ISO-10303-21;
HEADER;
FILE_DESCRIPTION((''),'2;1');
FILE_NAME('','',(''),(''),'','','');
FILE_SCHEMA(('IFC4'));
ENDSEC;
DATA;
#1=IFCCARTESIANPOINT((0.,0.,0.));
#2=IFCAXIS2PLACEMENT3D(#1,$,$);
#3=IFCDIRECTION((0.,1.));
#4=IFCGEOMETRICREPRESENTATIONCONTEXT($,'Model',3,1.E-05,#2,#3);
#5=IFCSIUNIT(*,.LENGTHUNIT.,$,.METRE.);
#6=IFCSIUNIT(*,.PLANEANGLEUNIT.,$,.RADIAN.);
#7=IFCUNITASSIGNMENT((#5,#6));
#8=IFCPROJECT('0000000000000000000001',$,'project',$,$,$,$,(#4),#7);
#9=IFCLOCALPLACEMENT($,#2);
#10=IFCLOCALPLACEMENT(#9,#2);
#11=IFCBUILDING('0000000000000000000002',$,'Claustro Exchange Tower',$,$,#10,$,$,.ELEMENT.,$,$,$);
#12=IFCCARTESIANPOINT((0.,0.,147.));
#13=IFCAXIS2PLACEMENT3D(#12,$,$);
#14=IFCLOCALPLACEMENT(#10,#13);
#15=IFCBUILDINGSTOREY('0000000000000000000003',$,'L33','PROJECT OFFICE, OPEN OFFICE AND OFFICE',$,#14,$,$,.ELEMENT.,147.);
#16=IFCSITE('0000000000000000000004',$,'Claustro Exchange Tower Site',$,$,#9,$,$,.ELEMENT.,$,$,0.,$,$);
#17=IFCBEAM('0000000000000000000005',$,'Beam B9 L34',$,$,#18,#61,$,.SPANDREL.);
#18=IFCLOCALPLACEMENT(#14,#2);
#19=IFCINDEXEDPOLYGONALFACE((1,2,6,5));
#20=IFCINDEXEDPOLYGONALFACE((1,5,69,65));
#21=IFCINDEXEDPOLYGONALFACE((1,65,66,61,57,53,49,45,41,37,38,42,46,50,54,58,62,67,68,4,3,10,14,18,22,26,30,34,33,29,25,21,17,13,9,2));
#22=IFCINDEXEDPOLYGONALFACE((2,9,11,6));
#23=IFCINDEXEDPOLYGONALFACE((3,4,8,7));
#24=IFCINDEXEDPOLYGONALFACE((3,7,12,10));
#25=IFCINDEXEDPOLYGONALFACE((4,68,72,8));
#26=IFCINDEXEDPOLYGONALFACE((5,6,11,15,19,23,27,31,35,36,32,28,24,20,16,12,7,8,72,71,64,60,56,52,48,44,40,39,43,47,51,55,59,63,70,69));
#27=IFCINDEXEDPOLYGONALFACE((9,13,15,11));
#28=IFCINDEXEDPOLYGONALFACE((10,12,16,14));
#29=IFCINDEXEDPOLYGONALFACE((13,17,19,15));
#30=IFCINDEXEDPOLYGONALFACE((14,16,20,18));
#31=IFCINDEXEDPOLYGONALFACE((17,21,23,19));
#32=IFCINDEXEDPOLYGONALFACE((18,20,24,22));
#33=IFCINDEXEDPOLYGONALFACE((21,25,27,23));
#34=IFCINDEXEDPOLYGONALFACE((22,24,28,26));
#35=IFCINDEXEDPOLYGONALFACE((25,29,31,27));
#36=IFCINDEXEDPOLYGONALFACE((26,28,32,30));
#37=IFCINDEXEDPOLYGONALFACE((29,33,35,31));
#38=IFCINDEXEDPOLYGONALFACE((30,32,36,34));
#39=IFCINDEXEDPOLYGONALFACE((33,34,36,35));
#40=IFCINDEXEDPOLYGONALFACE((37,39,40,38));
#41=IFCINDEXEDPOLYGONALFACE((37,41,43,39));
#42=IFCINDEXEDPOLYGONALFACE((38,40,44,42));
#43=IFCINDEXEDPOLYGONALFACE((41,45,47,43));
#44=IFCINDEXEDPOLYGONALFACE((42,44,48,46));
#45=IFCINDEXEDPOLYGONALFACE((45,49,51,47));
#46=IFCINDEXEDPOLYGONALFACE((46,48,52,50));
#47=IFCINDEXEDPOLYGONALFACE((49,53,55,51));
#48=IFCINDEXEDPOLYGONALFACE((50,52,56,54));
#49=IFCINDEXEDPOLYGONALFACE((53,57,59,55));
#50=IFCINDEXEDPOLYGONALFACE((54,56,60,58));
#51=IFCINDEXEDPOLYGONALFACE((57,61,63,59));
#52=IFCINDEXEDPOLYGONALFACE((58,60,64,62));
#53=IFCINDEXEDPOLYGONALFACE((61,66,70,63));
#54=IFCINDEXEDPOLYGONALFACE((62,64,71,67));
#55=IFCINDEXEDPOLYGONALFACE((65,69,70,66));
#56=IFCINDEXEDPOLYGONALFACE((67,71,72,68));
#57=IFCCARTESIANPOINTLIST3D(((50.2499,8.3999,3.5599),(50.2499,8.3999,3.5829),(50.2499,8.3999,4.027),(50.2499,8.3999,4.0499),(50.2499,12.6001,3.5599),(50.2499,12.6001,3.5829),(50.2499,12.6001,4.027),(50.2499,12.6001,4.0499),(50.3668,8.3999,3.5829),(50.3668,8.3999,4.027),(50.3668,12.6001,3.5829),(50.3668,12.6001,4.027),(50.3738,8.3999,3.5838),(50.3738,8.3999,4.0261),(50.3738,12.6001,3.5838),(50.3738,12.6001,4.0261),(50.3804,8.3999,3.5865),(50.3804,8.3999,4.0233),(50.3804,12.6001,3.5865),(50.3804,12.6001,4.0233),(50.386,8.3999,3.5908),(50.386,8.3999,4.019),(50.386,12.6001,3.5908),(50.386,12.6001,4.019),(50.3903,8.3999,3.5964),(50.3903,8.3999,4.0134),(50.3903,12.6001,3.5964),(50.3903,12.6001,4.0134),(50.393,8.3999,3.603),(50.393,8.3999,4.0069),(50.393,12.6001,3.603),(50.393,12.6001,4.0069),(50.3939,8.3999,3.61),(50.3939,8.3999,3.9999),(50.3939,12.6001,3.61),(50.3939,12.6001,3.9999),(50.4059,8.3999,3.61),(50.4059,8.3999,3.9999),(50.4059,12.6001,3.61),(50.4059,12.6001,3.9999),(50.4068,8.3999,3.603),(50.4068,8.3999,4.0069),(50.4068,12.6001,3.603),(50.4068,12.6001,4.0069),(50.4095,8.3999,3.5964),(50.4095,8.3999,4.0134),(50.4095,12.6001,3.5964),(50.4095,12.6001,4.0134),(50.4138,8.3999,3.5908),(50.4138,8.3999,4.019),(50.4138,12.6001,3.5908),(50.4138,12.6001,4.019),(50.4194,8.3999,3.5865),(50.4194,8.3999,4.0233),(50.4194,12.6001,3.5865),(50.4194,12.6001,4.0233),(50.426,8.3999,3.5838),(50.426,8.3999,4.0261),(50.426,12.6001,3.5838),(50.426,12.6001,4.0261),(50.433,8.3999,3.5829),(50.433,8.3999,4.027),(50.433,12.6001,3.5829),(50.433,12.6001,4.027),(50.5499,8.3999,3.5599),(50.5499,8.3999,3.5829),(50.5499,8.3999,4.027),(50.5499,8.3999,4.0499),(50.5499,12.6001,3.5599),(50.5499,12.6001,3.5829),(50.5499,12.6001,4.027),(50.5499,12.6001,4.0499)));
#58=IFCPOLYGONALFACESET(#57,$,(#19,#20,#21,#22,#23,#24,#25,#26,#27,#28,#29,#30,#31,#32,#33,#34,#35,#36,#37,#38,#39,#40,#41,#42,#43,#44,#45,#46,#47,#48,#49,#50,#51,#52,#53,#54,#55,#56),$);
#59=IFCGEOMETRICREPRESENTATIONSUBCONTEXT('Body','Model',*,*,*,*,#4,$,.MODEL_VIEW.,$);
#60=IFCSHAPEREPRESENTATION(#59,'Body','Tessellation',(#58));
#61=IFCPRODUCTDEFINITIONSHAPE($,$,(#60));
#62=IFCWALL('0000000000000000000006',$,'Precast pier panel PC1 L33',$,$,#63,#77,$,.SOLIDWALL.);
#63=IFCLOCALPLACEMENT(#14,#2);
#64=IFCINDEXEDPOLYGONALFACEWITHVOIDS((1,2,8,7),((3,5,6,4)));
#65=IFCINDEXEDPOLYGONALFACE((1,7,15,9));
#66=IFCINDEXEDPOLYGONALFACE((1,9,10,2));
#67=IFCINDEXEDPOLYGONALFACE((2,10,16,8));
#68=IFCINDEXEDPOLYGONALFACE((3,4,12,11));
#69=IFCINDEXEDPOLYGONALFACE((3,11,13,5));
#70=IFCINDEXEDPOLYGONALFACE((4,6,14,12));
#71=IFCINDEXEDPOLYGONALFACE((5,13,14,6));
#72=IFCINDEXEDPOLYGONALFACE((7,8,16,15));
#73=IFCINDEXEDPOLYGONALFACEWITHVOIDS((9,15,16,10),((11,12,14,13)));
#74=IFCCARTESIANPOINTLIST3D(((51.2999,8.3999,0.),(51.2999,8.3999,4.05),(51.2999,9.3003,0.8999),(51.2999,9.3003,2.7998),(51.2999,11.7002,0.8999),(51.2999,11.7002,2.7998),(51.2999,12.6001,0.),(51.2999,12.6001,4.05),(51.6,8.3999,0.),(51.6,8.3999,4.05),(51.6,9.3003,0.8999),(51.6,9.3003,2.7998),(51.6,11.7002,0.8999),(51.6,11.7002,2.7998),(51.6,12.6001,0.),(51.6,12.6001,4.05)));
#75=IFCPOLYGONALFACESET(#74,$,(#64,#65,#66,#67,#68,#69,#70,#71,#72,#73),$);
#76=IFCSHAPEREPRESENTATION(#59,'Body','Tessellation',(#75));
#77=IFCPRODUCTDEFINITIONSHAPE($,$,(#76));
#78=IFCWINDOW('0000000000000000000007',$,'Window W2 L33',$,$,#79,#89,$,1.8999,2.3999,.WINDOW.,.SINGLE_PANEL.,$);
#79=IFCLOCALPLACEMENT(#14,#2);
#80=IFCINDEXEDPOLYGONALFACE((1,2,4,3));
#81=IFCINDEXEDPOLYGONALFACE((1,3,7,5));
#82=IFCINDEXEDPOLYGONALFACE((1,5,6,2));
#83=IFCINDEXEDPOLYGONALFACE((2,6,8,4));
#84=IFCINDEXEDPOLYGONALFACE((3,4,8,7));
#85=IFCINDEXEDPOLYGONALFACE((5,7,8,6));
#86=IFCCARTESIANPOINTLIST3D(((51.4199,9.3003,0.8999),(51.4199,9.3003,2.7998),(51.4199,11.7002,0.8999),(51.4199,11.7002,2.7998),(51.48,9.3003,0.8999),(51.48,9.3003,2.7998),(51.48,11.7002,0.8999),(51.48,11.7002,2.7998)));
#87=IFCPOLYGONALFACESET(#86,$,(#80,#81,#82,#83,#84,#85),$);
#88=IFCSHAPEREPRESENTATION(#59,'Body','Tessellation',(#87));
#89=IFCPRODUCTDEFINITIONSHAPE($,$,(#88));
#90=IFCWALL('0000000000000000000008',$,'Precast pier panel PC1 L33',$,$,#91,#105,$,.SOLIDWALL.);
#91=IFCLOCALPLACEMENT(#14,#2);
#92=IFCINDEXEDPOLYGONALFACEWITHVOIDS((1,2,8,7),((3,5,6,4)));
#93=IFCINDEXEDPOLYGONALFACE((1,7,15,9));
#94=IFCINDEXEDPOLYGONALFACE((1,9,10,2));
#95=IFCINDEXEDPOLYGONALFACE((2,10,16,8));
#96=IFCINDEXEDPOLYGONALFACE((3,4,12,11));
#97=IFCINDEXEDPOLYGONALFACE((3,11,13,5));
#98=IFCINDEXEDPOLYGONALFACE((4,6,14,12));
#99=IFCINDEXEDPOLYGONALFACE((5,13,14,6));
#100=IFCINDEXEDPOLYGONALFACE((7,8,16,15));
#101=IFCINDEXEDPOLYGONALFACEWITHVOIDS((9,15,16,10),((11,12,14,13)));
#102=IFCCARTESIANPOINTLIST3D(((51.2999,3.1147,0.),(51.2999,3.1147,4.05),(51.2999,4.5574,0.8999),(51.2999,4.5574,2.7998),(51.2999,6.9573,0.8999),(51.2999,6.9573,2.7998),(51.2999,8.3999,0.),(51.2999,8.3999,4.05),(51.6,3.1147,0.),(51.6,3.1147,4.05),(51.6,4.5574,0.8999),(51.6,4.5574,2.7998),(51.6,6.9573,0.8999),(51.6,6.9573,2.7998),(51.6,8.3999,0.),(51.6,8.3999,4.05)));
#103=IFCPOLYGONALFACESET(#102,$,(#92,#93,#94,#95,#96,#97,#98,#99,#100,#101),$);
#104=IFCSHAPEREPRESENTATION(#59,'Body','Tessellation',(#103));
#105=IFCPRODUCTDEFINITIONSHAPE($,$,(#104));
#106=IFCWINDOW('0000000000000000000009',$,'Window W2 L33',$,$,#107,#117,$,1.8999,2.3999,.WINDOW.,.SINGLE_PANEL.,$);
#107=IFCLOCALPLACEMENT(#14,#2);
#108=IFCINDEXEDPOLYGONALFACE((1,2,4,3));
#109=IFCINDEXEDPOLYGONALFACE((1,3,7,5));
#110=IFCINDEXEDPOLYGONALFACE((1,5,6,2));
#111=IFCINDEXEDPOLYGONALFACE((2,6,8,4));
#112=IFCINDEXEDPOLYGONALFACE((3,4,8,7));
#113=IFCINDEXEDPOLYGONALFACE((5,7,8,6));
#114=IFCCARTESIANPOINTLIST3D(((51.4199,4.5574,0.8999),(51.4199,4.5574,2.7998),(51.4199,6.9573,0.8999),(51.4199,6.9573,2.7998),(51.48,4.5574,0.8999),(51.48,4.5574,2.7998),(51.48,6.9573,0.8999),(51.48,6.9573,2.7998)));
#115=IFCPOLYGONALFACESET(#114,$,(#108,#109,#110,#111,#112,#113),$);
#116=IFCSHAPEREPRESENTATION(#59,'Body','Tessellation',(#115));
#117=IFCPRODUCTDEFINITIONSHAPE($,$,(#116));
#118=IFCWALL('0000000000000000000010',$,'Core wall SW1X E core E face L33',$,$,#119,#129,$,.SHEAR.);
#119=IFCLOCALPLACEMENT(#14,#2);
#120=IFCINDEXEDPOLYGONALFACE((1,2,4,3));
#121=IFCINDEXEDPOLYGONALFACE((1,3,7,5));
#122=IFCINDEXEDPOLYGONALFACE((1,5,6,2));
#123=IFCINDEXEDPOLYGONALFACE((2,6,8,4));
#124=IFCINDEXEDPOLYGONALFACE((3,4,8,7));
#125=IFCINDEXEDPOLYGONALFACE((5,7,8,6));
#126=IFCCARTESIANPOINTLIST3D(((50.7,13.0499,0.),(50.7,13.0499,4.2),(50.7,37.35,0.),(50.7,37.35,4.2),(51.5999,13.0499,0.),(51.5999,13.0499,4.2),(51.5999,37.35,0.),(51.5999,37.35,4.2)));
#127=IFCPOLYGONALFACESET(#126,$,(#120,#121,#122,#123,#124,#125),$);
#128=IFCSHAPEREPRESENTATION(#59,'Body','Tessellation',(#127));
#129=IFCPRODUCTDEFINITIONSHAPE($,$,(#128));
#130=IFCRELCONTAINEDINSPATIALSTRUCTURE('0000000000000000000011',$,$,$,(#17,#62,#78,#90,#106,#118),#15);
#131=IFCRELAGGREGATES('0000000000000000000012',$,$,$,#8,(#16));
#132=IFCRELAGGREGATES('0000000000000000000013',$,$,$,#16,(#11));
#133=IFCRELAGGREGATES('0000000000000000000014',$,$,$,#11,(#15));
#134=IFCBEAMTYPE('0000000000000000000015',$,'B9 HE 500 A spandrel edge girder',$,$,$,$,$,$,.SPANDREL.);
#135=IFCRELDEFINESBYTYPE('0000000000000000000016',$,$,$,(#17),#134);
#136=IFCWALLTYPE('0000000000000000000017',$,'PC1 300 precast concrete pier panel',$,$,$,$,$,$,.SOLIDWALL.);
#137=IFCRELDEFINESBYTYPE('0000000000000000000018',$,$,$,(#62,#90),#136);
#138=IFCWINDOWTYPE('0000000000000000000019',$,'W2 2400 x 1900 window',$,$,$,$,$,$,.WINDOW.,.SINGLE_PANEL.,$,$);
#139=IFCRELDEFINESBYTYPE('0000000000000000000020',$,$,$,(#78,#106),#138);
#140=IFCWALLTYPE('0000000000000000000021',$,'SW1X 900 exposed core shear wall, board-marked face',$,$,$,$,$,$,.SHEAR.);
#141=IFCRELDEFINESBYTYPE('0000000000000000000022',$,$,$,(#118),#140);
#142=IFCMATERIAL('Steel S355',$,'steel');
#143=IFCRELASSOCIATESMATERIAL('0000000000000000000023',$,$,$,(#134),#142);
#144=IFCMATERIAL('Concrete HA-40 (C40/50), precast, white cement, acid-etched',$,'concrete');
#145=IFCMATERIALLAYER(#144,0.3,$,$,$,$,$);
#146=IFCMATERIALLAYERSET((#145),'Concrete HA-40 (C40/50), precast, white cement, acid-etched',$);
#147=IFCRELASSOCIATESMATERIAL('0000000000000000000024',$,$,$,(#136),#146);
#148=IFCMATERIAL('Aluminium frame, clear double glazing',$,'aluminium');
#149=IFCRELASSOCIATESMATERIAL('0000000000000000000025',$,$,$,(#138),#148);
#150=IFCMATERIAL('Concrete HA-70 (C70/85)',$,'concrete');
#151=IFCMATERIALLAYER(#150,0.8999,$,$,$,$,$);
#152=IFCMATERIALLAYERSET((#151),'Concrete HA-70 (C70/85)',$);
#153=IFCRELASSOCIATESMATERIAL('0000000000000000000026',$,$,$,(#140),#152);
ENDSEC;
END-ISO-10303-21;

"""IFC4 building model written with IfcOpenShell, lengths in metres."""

from ifc_helpers import new_model, si_unit, direction, frame, frame_2d, origin, origin_2d, place, context, subcontext, project, spatial, rectangle, i_section, extrude, material, layer, layer_set, material_profile, profile_set, type_object, element, fill, save


model = new_model("IFC4")

# Units and contexts
model_context = context("Model", 3, precision=1e-05, world=origin(), true_north=direction((0.0, 1.0)))
body_context = subcontext(model_context, "Body", "Model", "MODEL_VIEW")
ifc_project = project(units=[si_unit("LENGTHUNIT", "METRE"), si_unit("PLANEANGLEUNIT", "RADIAN")], contexts=[model_context])

# Site, building, storey
site_placement = place(None, origin())
site = spatial("IfcSite", under=ifc_project, at=site_placement, Name="Claustro Exchange Tower Site", CompositionType="ELEMENT", RefElevation=0.0)
building_placement = place(site_placement, origin())
building = spatial("IfcBuilding", under=site, at=building_placement, Name="Claustro Exchange Tower", CompositionType="ELEMENT")
storey_placement = place(building_placement, frame((0.0, 0.0, 147.0)))
storey = spatial("IfcBuildingStorey", under=building, at=storey_placement, Name="L33", Description="PROJECT OFFICE, OPEN OFFICE AND OFFICE", CompositionType="ELEMENT", Elevation=147.0)

# Beam
ifc_material_1 = material(Name="Steel S355", Category="steel")
ifc_material_profile_1 = material_profile(ifc_material_1, i_section(OverallWidth=0.3, OverallDepth=0.49, WebThickness=0.012, FlangeThickness=0.0229, FilletRadius=0.0271, at=origin_2d()), Name="HE 500 A")
ifc_profile_set_1 = profile_set([ifc_material_profile_1], Name="Steel S355")
beam_type_1 = type_object("IfcBeamType", Name="B9 HE 500 A spandrel edge girder", PredefinedType="SPANDREL", material=ifc_profile_set_1)
beam_1_placement = place(storey_placement, frame((50.3999, 8.3999, 3.8049), z_axis=(0.0, 1.0, 0.0), x_axis=(-1.0, 0.0, 0.0)))
element("IfcBeam", 1, at=beam_1_placement, inside=storey, type_object=beam_type_1, Name="Beam B9 L34", PredefinedType="SPANDREL", context=body_context, shape_type="SweptSolid", body=[
    extrude(i_section(OverallWidth=0.3, OverallDepth=0.49, WebThickness=0.012, FlangeThickness=0.0229, FilletRadius=0.0271, at=origin_2d()), origin(), (0.0, 0.0, 1.0), 4.2002),
])

# Walls, openings, windows
ifc_material_2 = material(Name="Concrete HA-40 (C40/50), precast, white cement, acid-etched", Category="concrete")
ifc_layer_1 = layer(ifc_material_2, 0.3)
ifc_layer_set_1 = layer_set([ifc_layer_1], Name="Concrete HA-40 (C40/50), precast, white cement, acid-etched")
wall_type_1 = type_object("IfcWallType", Name="PC1 300 precast concrete pier panel", PredefinedType="SOLIDWALL", material=ifc_layer_set_1)
wall_1_placement = place(storey_placement, frame((51.45, 12.6001, 0.0), z_axis=(0.0, 0.0, 1.0), x_axis=(0.0, -1.0, 0.0)))
wall_1 = element("IfcWall", 2, at=wall_1_placement, inside=storey, type_object=wall_type_1, Name="Precast pier panel PC1 L33", PredefinedType="SOLIDWALL", context=body_context, shape_type="SweptSolid", body=[
    extrude(rectangle(XDim=4.2002, YDim=0.3, at=frame_2d((2.1001, 0.0))), origin(), (0.0, 0.0, 1.0), 4.05),
])
opening_1_placement = place(wall_1_placement, frame((0.8999, 0.0, 0.8999)))
opening_1 = element("IfcOpeningElement", 3, at=opening_1_placement, cuts=wall_1, PredefinedType="OPENING", context=body_context, shape_type="SweptSolid", body=[
    extrude(rectangle(XDim=2.3999, YDim=1.8999, at=frame_2d((1.2, 0.95))), frame((0.0, 0.1599, 0.0), z_axis=(0.0, -1.0, 0.0), x_axis=(1.0, 0.0, 0.0)), (0.0, 0.0, 1.0), 0.3201),
])
ifc_material_3 = material(Name="Aluminium frame, clear double glazing", Category="aluminium")
window_type = type_object("IfcWindowType", Name="W2 2400 x 1900 window", PartitioningType="SINGLE_PANEL", PredefinedType="WINDOW", material=ifc_material_3)
window_1_placement = place(opening_1_placement, origin())
window_1 = element("IfcWindow", 4, at=window_1_placement, inside=storey, type_object=window_type, Name="Window W2 L33", OverallHeight=1.8999, OverallWidth=2.3999, PartitioningType="SINGLE_PANEL", PredefinedType="WINDOW", context=body_context, shape_type="SweptSolid", body=[
    extrude(rectangle(XDim=2.3999, YDim=1.8999, at=frame_2d((1.2, 0.95))), frame((0.0, 0.03, 0.0), z_axis=(0.0, -1.0, 0.0), x_axis=(1.0, 0.0, 0.0)), (0.0, 0.0, 1.0), 0.0601),
])
fill(opening_1, window_1)
wall_2_placement = place(storey_placement, frame((51.45, 8.3999, 0.0), z_axis=(0.0, 0.0, 1.0), x_axis=(0.0, -1.0, 0.0)))
wall_2 = element("IfcWall", 5, at=wall_2_placement, inside=storey, type_object=wall_type_1, Name="Precast pier panel PC1 L33", PredefinedType="SOLIDWALL", context=body_context, shape_type="SweptSolid", body=[
    extrude(rectangle(XDim=5.2852, YDim=0.3, at=frame_2d((2.6426, 0.0))), origin(), (0.0, 0.0, 1.0), 4.05),
])
opening_2_placement = place(wall_2_placement, frame((1.4426, 0.0, 0.8999)))
opening_2 = element("IfcOpeningElement", 6, at=opening_2_placement, cuts=wall_2, PredefinedType="OPENING", context=body_context, shape_type="SweptSolid", body=[
    extrude(rectangle(XDim=2.3999, YDim=1.8999, at=frame_2d((1.2, 0.95))), frame((0.0, 0.1599, 0.0), z_axis=(0.0, -1.0, 0.0), x_axis=(1.0, 0.0, 0.0)), (0.0, 0.0, 1.0), 0.3201),
])
window_2_placement = place(opening_2_placement, origin())
window_2 = element("IfcWindow", 7, at=window_2_placement, inside=storey, type_object=window_type, Name="Window W2 L33", OverallHeight=1.8999, OverallWidth=2.3999, PartitioningType="SINGLE_PANEL", PredefinedType="WINDOW", context=body_context, shape_type="SweptSolid", body=[
    extrude(rectangle(XDim=2.3999, YDim=1.8999, at=frame_2d((1.2, 0.95))), frame((0.0, 0.03, 0.0), z_axis=(0.0, -1.0, 0.0), x_axis=(1.0, 0.0, 0.0)), (0.0, 0.0, 1.0), 0.0601),
])
fill(opening_2, window_2)

# Wall
ifc_material_4 = material(Name="Concrete HA-70 (C70/85)", Category="concrete")
ifc_layer_2 = layer(ifc_material_4, 0.8999)
ifc_layer_set_2 = layer_set([ifc_layer_2], Name="Concrete HA-70 (C70/85)")
wall_type_2 = type_object("IfcWallType", Name="SW1X 900 exposed core shear wall, board-marked face", PredefinedType="SHEAR", material=ifc_layer_set_2)
wall_3_placement = place(storey_placement, frame((51.1499, 13.05, 0.0), z_axis=(0.0, 0.0, 1.0), x_axis=(0.0, 1.0, 0.0)))
element("IfcWall", 8, at=wall_3_placement, inside=storey, type_object=wall_type_2, Name="Core wall SW1X E core E face L33", PredefinedType="SHEAR", context=body_context, shape_type="SweptSolid", body=[
    extrude(rectangle(XDim=24.3, YDim=0.8999, at=frame_2d((12.1499, 0.0))), origin(), (0.0, 0.0, 1.0), 4.2),
])

save(model, "model.ifc")
